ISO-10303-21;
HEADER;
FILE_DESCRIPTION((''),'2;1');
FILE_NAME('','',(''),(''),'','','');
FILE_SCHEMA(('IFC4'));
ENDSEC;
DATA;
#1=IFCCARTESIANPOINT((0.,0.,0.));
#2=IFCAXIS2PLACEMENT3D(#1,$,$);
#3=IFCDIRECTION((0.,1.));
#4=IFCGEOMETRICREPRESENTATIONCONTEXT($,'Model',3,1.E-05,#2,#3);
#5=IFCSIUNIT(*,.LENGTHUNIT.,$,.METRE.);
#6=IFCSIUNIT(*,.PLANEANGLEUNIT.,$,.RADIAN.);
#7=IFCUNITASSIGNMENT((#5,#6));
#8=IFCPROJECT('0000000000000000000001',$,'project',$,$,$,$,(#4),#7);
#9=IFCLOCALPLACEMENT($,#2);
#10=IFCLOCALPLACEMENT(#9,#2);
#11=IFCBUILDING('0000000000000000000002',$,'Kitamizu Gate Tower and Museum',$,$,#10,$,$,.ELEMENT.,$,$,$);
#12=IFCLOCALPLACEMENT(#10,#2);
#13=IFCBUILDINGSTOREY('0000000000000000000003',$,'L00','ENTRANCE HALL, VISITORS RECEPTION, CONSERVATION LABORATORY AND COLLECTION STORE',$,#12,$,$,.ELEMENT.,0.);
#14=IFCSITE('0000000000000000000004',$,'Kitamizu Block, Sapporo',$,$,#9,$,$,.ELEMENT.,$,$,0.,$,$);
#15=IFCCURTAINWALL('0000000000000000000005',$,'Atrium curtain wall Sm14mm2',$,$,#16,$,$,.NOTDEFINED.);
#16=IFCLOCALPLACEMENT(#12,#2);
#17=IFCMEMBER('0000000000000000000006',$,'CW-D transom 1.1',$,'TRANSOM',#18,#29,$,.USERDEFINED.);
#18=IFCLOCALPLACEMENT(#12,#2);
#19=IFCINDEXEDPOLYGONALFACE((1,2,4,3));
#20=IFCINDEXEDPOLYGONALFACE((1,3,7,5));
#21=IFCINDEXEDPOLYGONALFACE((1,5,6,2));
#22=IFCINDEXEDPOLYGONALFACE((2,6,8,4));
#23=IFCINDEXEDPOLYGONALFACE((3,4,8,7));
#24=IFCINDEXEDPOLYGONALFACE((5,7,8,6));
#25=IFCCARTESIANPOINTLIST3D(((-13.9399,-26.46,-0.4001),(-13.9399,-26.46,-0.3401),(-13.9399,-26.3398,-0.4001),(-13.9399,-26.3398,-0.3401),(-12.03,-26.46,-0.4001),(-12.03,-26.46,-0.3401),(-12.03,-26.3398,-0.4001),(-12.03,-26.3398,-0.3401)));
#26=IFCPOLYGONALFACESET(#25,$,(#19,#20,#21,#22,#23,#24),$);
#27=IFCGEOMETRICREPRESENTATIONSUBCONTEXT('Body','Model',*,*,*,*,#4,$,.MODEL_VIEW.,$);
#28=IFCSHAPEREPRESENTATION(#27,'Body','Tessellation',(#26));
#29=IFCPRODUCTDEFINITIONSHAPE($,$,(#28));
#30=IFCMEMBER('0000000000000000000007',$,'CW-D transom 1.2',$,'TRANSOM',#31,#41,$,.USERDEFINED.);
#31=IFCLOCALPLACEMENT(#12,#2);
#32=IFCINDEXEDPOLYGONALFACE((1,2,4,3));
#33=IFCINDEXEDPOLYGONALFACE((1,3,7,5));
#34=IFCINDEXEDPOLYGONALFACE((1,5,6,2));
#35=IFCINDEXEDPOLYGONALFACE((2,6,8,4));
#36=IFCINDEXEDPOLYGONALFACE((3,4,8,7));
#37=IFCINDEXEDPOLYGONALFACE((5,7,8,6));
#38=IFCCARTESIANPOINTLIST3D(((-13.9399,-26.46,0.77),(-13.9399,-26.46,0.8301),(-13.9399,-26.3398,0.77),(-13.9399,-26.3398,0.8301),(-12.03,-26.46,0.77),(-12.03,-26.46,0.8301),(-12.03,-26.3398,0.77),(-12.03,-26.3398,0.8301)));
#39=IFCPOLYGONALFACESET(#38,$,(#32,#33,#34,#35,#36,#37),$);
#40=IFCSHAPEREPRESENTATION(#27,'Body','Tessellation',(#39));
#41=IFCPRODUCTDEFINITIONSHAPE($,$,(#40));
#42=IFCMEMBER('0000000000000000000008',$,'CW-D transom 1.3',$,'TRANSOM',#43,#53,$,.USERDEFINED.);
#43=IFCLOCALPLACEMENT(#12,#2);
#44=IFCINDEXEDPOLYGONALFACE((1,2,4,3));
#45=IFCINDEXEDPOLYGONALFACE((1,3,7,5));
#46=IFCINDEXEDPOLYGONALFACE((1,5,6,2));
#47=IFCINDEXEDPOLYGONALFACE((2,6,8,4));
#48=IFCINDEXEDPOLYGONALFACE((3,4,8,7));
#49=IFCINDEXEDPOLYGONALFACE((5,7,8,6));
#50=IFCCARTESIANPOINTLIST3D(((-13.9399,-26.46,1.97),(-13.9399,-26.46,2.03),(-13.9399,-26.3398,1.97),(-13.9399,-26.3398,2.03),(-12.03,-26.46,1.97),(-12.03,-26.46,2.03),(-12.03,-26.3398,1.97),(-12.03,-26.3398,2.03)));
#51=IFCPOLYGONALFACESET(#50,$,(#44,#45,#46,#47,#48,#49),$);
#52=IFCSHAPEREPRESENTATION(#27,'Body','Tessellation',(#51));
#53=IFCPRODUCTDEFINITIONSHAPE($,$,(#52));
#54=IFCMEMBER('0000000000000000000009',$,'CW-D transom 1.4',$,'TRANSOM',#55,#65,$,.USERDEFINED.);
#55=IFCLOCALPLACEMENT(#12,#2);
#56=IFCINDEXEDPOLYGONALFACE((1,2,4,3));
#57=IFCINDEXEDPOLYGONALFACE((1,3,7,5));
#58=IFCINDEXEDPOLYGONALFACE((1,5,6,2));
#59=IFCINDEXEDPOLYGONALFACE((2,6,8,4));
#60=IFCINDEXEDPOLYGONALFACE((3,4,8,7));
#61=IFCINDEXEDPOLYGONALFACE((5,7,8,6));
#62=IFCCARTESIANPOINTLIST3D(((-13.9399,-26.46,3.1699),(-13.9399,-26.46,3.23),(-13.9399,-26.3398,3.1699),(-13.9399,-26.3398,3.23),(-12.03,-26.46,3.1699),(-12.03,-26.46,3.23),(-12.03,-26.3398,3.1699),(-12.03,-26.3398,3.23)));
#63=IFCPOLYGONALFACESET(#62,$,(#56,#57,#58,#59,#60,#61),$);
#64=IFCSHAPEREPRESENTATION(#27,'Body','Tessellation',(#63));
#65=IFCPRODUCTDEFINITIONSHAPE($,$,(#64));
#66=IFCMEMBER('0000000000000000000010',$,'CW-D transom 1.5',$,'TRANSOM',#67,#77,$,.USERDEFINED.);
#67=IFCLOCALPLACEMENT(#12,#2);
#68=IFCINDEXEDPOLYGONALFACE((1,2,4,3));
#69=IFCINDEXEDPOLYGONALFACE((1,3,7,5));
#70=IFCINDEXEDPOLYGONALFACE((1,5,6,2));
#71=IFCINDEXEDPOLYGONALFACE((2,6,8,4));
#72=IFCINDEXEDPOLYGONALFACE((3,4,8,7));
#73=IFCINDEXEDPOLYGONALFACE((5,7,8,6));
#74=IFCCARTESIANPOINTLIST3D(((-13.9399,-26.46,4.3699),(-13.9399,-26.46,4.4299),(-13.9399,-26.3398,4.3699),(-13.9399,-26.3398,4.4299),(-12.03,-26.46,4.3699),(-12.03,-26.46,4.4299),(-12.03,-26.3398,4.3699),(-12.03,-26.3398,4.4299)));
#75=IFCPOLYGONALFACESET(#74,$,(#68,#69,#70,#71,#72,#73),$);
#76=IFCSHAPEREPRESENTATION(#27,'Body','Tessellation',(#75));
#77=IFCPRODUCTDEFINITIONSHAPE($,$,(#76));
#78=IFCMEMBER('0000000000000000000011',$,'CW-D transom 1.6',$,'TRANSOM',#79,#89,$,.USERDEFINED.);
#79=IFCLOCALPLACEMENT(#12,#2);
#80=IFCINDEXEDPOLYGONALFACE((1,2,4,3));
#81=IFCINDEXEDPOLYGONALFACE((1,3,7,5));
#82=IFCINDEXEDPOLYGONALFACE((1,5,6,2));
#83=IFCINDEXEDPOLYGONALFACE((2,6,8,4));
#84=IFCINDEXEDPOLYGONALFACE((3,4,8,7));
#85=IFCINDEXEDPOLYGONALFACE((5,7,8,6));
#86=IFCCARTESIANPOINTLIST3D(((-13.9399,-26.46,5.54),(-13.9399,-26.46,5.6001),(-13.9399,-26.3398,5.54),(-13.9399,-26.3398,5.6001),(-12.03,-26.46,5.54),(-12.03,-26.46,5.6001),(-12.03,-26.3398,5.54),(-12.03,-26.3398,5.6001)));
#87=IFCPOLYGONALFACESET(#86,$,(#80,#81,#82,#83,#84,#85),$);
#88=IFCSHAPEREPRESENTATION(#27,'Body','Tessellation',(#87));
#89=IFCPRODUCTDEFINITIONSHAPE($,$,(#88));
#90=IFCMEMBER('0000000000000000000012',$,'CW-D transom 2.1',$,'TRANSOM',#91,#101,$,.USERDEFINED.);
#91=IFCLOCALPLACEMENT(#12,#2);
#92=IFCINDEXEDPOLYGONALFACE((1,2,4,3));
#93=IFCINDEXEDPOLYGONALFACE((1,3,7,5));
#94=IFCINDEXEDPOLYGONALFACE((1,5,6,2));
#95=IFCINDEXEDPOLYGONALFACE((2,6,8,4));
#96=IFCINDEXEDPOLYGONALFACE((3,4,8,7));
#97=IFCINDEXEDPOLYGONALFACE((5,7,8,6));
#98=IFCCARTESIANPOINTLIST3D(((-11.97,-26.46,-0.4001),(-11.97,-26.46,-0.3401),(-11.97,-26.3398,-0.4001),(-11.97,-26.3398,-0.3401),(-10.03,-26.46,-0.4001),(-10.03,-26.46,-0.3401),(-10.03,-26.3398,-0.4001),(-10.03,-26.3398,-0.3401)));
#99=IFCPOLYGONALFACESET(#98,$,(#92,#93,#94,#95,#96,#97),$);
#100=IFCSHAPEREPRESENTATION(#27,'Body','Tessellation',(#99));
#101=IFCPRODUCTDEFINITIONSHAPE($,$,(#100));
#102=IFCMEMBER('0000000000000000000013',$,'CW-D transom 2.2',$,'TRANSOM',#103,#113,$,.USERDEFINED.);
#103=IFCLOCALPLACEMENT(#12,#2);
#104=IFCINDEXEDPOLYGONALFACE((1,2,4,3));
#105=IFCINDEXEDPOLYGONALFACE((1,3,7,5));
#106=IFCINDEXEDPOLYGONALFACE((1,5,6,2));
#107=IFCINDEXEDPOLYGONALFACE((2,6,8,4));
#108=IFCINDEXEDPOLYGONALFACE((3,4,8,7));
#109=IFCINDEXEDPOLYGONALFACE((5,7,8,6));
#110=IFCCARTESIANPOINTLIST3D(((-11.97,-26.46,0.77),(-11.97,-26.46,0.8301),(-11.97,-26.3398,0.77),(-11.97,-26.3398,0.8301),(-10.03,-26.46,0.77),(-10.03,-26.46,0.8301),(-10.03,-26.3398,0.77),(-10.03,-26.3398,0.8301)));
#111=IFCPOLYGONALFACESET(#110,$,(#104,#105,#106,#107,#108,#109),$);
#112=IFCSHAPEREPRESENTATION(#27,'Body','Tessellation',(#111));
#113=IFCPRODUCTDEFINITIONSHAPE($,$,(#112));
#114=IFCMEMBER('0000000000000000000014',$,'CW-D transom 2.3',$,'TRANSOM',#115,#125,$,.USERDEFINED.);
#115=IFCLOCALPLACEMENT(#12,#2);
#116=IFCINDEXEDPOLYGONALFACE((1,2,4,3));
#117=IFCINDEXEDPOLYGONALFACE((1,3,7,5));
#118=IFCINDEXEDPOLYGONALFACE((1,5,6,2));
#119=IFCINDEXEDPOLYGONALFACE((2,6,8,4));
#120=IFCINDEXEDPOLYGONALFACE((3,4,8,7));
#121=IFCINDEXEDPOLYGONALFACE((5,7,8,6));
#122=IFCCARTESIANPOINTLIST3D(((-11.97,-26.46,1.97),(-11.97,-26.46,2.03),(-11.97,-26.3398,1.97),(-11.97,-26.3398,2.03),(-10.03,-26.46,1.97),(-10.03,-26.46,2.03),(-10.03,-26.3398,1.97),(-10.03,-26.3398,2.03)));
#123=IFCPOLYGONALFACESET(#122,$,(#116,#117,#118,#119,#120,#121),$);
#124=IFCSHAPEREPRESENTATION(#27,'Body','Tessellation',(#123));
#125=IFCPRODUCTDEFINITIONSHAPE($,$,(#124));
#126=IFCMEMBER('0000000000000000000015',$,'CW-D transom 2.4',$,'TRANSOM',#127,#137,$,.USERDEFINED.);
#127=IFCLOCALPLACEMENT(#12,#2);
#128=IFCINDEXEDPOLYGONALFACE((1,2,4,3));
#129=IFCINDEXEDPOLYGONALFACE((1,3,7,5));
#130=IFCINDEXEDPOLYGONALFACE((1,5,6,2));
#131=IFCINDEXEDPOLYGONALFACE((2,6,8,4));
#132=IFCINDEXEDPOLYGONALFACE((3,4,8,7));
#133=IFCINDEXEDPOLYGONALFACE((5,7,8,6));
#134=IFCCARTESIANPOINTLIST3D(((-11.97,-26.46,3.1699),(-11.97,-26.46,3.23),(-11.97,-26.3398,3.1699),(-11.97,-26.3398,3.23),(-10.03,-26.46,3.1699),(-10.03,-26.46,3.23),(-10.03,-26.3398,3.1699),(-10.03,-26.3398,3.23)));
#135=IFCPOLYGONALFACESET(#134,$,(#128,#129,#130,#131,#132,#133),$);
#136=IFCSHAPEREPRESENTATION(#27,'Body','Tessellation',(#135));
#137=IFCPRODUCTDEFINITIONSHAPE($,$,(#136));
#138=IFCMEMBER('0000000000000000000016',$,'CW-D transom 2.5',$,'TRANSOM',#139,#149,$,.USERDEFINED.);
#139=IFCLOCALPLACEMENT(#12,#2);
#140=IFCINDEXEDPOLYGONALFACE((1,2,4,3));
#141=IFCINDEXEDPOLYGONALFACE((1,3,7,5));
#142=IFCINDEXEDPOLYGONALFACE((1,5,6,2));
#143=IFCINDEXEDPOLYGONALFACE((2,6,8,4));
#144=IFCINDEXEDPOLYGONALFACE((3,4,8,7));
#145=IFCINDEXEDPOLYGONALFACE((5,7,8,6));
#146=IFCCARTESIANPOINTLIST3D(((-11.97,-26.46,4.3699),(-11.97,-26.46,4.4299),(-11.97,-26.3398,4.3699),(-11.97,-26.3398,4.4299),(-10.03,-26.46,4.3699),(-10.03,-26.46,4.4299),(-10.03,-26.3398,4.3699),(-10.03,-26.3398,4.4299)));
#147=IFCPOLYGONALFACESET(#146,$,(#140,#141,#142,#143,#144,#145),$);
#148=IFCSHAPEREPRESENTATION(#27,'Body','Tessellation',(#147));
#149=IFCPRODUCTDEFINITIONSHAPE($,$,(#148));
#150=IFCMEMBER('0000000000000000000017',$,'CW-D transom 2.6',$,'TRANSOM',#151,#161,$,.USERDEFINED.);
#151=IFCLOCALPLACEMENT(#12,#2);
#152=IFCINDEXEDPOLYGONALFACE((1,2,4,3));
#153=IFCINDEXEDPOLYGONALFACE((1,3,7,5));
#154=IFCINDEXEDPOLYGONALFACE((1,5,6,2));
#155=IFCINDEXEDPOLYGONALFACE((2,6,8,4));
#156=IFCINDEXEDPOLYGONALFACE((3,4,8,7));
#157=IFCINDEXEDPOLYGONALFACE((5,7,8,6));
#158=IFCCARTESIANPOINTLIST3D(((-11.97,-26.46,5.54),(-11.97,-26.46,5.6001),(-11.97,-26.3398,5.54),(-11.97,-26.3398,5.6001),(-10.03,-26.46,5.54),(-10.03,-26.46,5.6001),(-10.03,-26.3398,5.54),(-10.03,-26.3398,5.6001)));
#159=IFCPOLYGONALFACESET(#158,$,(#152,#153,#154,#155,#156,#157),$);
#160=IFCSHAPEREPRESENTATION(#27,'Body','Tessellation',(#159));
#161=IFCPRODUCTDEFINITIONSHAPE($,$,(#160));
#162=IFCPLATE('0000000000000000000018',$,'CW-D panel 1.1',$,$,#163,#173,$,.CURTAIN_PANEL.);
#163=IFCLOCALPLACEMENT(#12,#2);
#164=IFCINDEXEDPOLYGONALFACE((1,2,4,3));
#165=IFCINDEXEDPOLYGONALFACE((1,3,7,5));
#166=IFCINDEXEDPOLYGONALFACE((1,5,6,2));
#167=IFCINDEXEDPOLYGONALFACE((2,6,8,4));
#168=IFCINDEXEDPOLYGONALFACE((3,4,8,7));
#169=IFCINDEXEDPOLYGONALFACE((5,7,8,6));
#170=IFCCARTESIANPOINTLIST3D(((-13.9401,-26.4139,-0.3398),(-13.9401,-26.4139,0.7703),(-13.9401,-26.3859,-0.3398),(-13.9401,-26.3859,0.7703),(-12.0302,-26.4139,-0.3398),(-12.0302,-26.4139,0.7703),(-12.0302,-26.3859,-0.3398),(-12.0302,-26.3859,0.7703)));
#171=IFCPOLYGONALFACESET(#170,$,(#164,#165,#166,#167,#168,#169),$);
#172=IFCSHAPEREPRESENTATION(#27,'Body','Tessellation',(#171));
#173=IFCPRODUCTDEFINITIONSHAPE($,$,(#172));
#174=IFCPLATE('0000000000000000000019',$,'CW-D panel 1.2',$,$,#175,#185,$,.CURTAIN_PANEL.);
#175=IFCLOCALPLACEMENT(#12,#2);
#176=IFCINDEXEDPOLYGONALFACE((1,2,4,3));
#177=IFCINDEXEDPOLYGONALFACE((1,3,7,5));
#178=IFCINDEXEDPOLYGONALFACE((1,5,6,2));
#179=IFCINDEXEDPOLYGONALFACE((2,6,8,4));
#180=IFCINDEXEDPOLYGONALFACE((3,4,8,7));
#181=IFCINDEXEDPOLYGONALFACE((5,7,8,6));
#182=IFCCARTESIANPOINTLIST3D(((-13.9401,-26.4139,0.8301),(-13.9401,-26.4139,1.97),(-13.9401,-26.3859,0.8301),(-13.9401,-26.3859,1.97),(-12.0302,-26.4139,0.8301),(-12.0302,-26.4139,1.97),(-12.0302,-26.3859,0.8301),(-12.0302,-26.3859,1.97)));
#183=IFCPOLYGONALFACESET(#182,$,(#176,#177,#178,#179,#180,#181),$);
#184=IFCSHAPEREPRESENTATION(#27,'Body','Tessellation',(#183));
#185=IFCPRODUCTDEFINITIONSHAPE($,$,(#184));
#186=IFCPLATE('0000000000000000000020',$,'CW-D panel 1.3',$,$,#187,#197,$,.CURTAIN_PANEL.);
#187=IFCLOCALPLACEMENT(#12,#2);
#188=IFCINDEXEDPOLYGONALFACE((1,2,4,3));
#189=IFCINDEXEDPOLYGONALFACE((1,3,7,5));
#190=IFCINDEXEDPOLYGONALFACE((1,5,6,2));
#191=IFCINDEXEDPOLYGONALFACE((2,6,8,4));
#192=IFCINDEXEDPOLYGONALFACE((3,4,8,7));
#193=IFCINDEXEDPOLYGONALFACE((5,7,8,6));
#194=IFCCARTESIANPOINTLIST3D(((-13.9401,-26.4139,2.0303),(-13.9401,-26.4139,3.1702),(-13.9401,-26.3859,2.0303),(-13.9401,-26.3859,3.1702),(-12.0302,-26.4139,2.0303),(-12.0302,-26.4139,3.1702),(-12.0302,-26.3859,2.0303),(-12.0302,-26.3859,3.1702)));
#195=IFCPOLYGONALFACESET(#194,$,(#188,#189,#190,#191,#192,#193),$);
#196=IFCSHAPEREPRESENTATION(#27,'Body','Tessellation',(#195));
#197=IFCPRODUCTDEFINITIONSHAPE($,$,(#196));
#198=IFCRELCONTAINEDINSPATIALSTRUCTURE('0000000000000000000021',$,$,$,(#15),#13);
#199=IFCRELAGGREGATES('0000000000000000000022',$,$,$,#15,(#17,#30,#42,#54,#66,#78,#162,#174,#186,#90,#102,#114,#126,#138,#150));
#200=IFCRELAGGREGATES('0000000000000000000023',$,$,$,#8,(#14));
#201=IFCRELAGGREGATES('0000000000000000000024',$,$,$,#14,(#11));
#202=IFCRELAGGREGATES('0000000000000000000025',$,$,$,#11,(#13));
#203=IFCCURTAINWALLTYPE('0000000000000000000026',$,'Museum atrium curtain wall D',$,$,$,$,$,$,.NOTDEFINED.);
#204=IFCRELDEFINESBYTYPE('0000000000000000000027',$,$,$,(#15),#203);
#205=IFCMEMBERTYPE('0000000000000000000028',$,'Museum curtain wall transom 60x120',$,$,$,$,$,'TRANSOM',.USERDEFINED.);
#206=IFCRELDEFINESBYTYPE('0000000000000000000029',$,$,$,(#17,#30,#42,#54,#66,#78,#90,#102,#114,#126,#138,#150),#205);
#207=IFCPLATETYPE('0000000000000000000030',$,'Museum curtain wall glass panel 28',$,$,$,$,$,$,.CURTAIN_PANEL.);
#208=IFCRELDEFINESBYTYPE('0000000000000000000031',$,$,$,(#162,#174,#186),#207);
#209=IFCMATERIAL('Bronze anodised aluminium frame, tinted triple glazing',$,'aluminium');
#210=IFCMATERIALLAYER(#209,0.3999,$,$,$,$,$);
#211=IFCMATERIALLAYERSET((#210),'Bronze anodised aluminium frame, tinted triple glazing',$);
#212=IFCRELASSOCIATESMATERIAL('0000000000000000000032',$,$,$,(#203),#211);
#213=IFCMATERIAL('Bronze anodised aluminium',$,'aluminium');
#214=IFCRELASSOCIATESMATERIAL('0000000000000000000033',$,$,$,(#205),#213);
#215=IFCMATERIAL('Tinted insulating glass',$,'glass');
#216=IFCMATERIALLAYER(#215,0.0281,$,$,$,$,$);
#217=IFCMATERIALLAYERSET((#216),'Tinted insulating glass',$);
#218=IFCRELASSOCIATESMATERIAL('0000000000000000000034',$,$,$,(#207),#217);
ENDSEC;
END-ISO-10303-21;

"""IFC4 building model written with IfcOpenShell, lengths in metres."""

from ifc_helpers import new_model, si_unit, direction, frame, origin, origin_2d, place, context, subcontext, project, spatial, rectangle, extrude, material, layer, layer_set, material_profile, profile_set, type_object, element, aggregate, save


model = new_model("IFC4")

# Units and contexts
model_context = context("Model", 3, precision=1e-05, world=origin(), true_north=direction((0.0, 1.0)))
body_context = subcontext(model_context, "Body", "Model", "MODEL_VIEW")
ifc_project = project(units=[si_unit("LENGTHUNIT", "METRE"), si_unit("PLANEANGLEUNIT", "RADIAN")], contexts=[model_context])

# Site, building, storey
site_placement = place(None, origin())
site = spatial("IfcSite", under=ifc_project, at=site_placement, Name="Kitamizu Block, Sapporo", CompositionType="ELEMENT", RefElevation=0.0)
building_placement = place(site_placement, origin())
building = spatial("IfcBuilding", under=site, at=building_placement, Name="Kitamizu Gate Tower and Museum", CompositionType="ELEMENT")
storey_placement = place(building_placement, origin())
storey = spatial("IfcBuildingStorey", under=building, at=storey_placement, Name="L00", Description="ENTRANCE HALL, VISITORS RECEPTION, CONSERVATION LABORATORY AND COLLECTION STORE", CompositionType="ELEMENT", Elevation=0.0)

# Curtain wall, members, plates
ifc_material_1 = material(Name="Bronze anodised aluminium frame, tinted triple glazing", Category="aluminium")
ifc_layer_1 = layer(ifc_material_1, 0.3999)
ifc_layer_set_1 = layer_set([ifc_layer_1], Name="Bronze anodised aluminium frame, tinted triple glazing")
curtain_wall_type = type_object("IfcCurtainWallType", Name="Museum atrium curtain wall D", PredefinedType="NOTDEFINED", material=ifc_layer_set_1)
curtain_wall_placement = place(storey_placement, origin())
curtain_wall = element("IfcCurtainWall", 1, at=curtain_wall_placement, inside=storey, type_object=curtain_wall_type, Name="Atrium curtain wall Sm14mm2", PredefinedType="NOTDEFINED")
ifc_material_2 = material(Name="Bronze anodised aluminium", Category="aluminium")
ifc_material_profile_1 = material_profile(ifc_material_2, rectangle(XDim=0.1201, YDim=0.0601, at=origin_2d()), Name="120x60")
ifc_profile_set_1 = profile_set([ifc_material_profile_1], Name="Bronze anodised aluminium")
member_type_1 = type_object("IfcMemberType", Name="Museum curtain wall transom 60x120", ElementType="TRANSOM", PredefinedType="USERDEFINED", material=ifc_profile_set_1)
member_1_placement = place(storey_placement, frame((-13.9399, -26.3999, -0.3701), z_axis=(1.0, 0.0, 0.0), x_axis=(0.0, 1.0, 0.0)))
member_1 = element("IfcMember", 2, at=member_1_placement, type_object=member_type_1, Name="CW-D transom 1.1", ObjectType="TRANSOM", PredefinedType="USERDEFINED", context=body_context, shape_type="SweptSolid", body=[
    extrude(rectangle(XDim=0.1201, YDim=0.0601, at=origin_2d()), origin(), (0.0, 0.0, 1.0), 1.9099),
])
member_2_placement = place(storey_placement, frame((-13.9399, -26.3999, 0.8), z_axis=(1.0, 0.0, 0.0), x_axis=(0.0, 1.0, 0.0)))
member_2 = element("IfcMember", 3, at=member_2_placement, type_object=member_type_1, Name="CW-D transom 1.2", ObjectType="TRANSOM", PredefinedType="USERDEFINED", context=body_context, shape_type="SweptSolid", body=[
    extrude(rectangle(XDim=0.1201, YDim=0.0601, at=origin_2d()), origin(), (0.0, 0.0, 1.0), 1.9099),
])
member_3_placement = place(storey_placement, frame((-13.9399, -26.3999, 2.0), z_axis=(1.0, 0.0, 0.0), x_axis=(0.0, 1.0, 0.0)))
member_3 = element("IfcMember", 4, at=member_3_placement, type_object=member_type_1, Name="CW-D transom 1.3", ObjectType="TRANSOM", PredefinedType="USERDEFINED", context=body_context, shape_type="SweptSolid", body=[
    extrude(rectangle(XDim=0.1201, YDim=0.0601, at=origin_2d()), origin(), (0.0, 0.0, 1.0), 1.9099),
])
member_4_placement = place(storey_placement, frame((-13.9399, -26.3999, 3.2), z_axis=(1.0, 0.0, 0.0), x_axis=(0.0, 1.0, 0.0)))
member_4 = element("IfcMember", 5, at=member_4_placement, type_object=member_type_1, Name="CW-D transom 1.4", ObjectType="TRANSOM", PredefinedType="USERDEFINED", context=body_context, shape_type="SweptSolid", body=[
    extrude(rectangle(XDim=0.1201, YDim=0.0601, at=origin_2d()), origin(), (0.0, 0.0, 1.0), 1.9099),
])
member_5_placement = place(storey_placement, frame((-13.9399, -26.3999, 4.3999), z_axis=(1.0, 0.0, 0.0), x_axis=(0.0, 1.0, 0.0)))
member_5 = element("IfcMember", 6, at=member_5_placement, type_object=member_type_1, Name="CW-D transom 1.5", ObjectType="TRANSOM", PredefinedType="USERDEFINED", context=body_context, shape_type="SweptSolid", body=[
    extrude(rectangle(XDim=0.1201, YDim=0.0601, at=origin_2d()), origin(), (0.0, 0.0, 1.0), 1.9099),
])
member_6_placement = place(storey_placement, frame((-13.9399, -26.3999, 5.5701), z_axis=(1.0, 0.0, 0.0), x_axis=(0.0, 1.0, 0.0)))
member_6 = element("IfcMember", 7, at=member_6_placement, type_object=member_type_1, Name="CW-D transom 1.6", ObjectType="TRANSOM", PredefinedType="USERDEFINED", context=body_context, shape_type="SweptSolid", body=[
    extrude(rectangle(XDim=0.1201, YDim=0.0601, at=origin_2d()), origin(), (0.0, 0.0, 1.0), 1.9099),
])
member_7_placement = place(storey_placement, frame((-11.97, -26.3999, -0.3701), z_axis=(1.0, 0.0, 0.0), x_axis=(0.0, 1.0, 0.0)))
member_7 = element("IfcMember", 8, at=member_7_placement, type_object=member_type_1, Name="CW-D transom 2.1", ObjectType="TRANSOM", PredefinedType="USERDEFINED", context=body_context, shape_type="SweptSolid", body=[
    extrude(rectangle(XDim=0.1201, YDim=0.0601, at=origin_2d()), origin(), (0.0, 0.0, 1.0), 1.9399),
])
member_8_placement = place(storey_placement, frame((-11.97, -26.3999, 0.8), z_axis=(1.0, 0.0, 0.0), x_axis=(0.0, 1.0, 0.0)))
member_8 = element("IfcMember", 9, at=member_8_placement, type_object=member_type_1, Name="CW-D transom 2.2", ObjectType="TRANSOM", PredefinedType="USERDEFINED", context=body_context, shape_type="SweptSolid", body=[
    extrude(rectangle(XDim=0.1201, YDim=0.0601, at=origin_2d()), origin(), (0.0, 0.0, 1.0), 1.9399),
])
member_9_placement = place(storey_placement, frame((-11.97, -26.3999, 2.0), z_axis=(1.0, 0.0, 0.0), x_axis=(0.0, 1.0, 0.0)))
member_9 = element("IfcMember", 10, at=member_9_placement, type_object=member_type_1, Name="CW-D transom 2.3", ObjectType="TRANSOM", PredefinedType="USERDEFINED", context=body_context, shape_type="SweptSolid", body=[
    extrude(rectangle(XDim=0.1201, YDim=0.0601, at=origin_2d()), origin(), (0.0, 0.0, 1.0), 1.9399),
])
member_10_placement = place(storey_placement, frame((-11.97, -26.3999, 3.2), z_axis=(1.0, 0.0, 0.0), x_axis=(0.0, 1.0, 0.0)))
member_10 = element("IfcMember", 11, at=member_10_placement, type_object=member_type_1, Name="CW-D transom 2.4", ObjectType="TRANSOM", PredefinedType="USERDEFINED", context=body_context, shape_type="SweptSolid", body=[
    extrude(rectangle(XDim=0.1201, YDim=0.0601, at=origin_2d()), origin(), (0.0, 0.0, 1.0), 1.9399),
])
member_11_placement = place(storey_placement, frame((-11.97, -26.3999, 4.3999), z_axis=(1.0, 0.0, 0.0), x_axis=(0.0, 1.0, 0.0)))
member_11 = element("IfcMember", 12, at=member_11_placement, type_object=member_type_1, Name="CW-D transom 2.5", ObjectType="TRANSOM", PredefinedType="USERDEFINED", context=body_context, shape_type="SweptSolid", body=[
    extrude(rectangle(XDim=0.1201, YDim=0.0601, at=origin_2d()), origin(), (0.0, 0.0, 1.0), 1.9399),
])
member_12_placement = place(storey_placement, frame((-11.97, -26.3999, 5.5701), z_axis=(1.0, 0.0, 0.0), x_axis=(0.0, 1.0, 0.0)))
member_12 = element("IfcMember", 13, at=member_12_placement, type_object=member_type_1, Name="CW-D transom 2.6", ObjectType="TRANSOM", PredefinedType="USERDEFINED", context=body_context, shape_type="SweptSolid", body=[
    extrude(rectangle(XDim=0.1201, YDim=0.0601, at=origin_2d()), origin(), (0.0, 0.0, 1.0), 1.9399),
])
ifc_material_3 = material(Name="Tinted insulating glass", Category="glass")
ifc_layer_2 = layer(ifc_material_3, 0.0281)
ifc_layer_set_2 = layer_set([ifc_layer_2], Name="Tinted insulating glass")
plate_type = type_object("IfcPlateType", Name="Museum curtain wall glass panel 28", PredefinedType="CURTAIN_PANEL", material=ifc_layer_set_2)
plate_1_placement = place(storey_placement, frame((-12.9851, -26.3999, -0.3398), z_axis=(0.0, 0.0, 1.0), x_axis=(1.0, 0.0, 0.0)))
plate_1 = element("IfcPlate", 14, at=plate_1_placement, type_object=plate_type, Name="CW-D panel 1.1", PredefinedType="CURTAIN_PANEL", context=body_context, shape_type="SweptSolid", body=[
    extrude(rectangle(XDim=1.9099, YDim=0.0281, at=origin_2d()), origin(), (0.0, 0.0, 1.0), 1.1101),
])
plate_2_placement = place(storey_placement, frame((-12.9851, -26.3999, 0.8301), z_axis=(0.0, 0.0, 1.0), x_axis=(1.0, 0.0, 0.0)))
plate_2 = element("IfcPlate", 15, at=plate_2_placement, type_object=plate_type, Name="CW-D panel 1.2", PredefinedType="CURTAIN_PANEL", context=body_context, shape_type="SweptSolid", body=[
    extrude(rectangle(XDim=1.9099, YDim=0.0281, at=origin_2d()), origin(), (0.0, 0.0, 1.0), 1.1399),
])
plate_3_placement = place(storey_placement, frame((-12.9851, -26.3999, 2.0303), z_axis=(0.0, 0.0, 1.0), x_axis=(1.0, 0.0, 0.0)))
plate_3 = element("IfcPlate", 16, at=plate_3_placement, type_object=plate_type, Name="CW-D panel 1.3", PredefinedType="CURTAIN_PANEL", context=body_context, shape_type="SweptSolid", body=[
    extrude(rectangle(XDim=1.9099, YDim=0.0281, at=origin_2d()), origin(), (0.0, 0.0, 1.0), 1.1399),
])
aggregate(curtain_wall, [member_1, member_2, member_3, member_4, member_5, member_6, plate_1, plate_2, plate_3, member_7, member_8, member_9, member_10, member_11, member_12])

save(model, "model.ifc")
